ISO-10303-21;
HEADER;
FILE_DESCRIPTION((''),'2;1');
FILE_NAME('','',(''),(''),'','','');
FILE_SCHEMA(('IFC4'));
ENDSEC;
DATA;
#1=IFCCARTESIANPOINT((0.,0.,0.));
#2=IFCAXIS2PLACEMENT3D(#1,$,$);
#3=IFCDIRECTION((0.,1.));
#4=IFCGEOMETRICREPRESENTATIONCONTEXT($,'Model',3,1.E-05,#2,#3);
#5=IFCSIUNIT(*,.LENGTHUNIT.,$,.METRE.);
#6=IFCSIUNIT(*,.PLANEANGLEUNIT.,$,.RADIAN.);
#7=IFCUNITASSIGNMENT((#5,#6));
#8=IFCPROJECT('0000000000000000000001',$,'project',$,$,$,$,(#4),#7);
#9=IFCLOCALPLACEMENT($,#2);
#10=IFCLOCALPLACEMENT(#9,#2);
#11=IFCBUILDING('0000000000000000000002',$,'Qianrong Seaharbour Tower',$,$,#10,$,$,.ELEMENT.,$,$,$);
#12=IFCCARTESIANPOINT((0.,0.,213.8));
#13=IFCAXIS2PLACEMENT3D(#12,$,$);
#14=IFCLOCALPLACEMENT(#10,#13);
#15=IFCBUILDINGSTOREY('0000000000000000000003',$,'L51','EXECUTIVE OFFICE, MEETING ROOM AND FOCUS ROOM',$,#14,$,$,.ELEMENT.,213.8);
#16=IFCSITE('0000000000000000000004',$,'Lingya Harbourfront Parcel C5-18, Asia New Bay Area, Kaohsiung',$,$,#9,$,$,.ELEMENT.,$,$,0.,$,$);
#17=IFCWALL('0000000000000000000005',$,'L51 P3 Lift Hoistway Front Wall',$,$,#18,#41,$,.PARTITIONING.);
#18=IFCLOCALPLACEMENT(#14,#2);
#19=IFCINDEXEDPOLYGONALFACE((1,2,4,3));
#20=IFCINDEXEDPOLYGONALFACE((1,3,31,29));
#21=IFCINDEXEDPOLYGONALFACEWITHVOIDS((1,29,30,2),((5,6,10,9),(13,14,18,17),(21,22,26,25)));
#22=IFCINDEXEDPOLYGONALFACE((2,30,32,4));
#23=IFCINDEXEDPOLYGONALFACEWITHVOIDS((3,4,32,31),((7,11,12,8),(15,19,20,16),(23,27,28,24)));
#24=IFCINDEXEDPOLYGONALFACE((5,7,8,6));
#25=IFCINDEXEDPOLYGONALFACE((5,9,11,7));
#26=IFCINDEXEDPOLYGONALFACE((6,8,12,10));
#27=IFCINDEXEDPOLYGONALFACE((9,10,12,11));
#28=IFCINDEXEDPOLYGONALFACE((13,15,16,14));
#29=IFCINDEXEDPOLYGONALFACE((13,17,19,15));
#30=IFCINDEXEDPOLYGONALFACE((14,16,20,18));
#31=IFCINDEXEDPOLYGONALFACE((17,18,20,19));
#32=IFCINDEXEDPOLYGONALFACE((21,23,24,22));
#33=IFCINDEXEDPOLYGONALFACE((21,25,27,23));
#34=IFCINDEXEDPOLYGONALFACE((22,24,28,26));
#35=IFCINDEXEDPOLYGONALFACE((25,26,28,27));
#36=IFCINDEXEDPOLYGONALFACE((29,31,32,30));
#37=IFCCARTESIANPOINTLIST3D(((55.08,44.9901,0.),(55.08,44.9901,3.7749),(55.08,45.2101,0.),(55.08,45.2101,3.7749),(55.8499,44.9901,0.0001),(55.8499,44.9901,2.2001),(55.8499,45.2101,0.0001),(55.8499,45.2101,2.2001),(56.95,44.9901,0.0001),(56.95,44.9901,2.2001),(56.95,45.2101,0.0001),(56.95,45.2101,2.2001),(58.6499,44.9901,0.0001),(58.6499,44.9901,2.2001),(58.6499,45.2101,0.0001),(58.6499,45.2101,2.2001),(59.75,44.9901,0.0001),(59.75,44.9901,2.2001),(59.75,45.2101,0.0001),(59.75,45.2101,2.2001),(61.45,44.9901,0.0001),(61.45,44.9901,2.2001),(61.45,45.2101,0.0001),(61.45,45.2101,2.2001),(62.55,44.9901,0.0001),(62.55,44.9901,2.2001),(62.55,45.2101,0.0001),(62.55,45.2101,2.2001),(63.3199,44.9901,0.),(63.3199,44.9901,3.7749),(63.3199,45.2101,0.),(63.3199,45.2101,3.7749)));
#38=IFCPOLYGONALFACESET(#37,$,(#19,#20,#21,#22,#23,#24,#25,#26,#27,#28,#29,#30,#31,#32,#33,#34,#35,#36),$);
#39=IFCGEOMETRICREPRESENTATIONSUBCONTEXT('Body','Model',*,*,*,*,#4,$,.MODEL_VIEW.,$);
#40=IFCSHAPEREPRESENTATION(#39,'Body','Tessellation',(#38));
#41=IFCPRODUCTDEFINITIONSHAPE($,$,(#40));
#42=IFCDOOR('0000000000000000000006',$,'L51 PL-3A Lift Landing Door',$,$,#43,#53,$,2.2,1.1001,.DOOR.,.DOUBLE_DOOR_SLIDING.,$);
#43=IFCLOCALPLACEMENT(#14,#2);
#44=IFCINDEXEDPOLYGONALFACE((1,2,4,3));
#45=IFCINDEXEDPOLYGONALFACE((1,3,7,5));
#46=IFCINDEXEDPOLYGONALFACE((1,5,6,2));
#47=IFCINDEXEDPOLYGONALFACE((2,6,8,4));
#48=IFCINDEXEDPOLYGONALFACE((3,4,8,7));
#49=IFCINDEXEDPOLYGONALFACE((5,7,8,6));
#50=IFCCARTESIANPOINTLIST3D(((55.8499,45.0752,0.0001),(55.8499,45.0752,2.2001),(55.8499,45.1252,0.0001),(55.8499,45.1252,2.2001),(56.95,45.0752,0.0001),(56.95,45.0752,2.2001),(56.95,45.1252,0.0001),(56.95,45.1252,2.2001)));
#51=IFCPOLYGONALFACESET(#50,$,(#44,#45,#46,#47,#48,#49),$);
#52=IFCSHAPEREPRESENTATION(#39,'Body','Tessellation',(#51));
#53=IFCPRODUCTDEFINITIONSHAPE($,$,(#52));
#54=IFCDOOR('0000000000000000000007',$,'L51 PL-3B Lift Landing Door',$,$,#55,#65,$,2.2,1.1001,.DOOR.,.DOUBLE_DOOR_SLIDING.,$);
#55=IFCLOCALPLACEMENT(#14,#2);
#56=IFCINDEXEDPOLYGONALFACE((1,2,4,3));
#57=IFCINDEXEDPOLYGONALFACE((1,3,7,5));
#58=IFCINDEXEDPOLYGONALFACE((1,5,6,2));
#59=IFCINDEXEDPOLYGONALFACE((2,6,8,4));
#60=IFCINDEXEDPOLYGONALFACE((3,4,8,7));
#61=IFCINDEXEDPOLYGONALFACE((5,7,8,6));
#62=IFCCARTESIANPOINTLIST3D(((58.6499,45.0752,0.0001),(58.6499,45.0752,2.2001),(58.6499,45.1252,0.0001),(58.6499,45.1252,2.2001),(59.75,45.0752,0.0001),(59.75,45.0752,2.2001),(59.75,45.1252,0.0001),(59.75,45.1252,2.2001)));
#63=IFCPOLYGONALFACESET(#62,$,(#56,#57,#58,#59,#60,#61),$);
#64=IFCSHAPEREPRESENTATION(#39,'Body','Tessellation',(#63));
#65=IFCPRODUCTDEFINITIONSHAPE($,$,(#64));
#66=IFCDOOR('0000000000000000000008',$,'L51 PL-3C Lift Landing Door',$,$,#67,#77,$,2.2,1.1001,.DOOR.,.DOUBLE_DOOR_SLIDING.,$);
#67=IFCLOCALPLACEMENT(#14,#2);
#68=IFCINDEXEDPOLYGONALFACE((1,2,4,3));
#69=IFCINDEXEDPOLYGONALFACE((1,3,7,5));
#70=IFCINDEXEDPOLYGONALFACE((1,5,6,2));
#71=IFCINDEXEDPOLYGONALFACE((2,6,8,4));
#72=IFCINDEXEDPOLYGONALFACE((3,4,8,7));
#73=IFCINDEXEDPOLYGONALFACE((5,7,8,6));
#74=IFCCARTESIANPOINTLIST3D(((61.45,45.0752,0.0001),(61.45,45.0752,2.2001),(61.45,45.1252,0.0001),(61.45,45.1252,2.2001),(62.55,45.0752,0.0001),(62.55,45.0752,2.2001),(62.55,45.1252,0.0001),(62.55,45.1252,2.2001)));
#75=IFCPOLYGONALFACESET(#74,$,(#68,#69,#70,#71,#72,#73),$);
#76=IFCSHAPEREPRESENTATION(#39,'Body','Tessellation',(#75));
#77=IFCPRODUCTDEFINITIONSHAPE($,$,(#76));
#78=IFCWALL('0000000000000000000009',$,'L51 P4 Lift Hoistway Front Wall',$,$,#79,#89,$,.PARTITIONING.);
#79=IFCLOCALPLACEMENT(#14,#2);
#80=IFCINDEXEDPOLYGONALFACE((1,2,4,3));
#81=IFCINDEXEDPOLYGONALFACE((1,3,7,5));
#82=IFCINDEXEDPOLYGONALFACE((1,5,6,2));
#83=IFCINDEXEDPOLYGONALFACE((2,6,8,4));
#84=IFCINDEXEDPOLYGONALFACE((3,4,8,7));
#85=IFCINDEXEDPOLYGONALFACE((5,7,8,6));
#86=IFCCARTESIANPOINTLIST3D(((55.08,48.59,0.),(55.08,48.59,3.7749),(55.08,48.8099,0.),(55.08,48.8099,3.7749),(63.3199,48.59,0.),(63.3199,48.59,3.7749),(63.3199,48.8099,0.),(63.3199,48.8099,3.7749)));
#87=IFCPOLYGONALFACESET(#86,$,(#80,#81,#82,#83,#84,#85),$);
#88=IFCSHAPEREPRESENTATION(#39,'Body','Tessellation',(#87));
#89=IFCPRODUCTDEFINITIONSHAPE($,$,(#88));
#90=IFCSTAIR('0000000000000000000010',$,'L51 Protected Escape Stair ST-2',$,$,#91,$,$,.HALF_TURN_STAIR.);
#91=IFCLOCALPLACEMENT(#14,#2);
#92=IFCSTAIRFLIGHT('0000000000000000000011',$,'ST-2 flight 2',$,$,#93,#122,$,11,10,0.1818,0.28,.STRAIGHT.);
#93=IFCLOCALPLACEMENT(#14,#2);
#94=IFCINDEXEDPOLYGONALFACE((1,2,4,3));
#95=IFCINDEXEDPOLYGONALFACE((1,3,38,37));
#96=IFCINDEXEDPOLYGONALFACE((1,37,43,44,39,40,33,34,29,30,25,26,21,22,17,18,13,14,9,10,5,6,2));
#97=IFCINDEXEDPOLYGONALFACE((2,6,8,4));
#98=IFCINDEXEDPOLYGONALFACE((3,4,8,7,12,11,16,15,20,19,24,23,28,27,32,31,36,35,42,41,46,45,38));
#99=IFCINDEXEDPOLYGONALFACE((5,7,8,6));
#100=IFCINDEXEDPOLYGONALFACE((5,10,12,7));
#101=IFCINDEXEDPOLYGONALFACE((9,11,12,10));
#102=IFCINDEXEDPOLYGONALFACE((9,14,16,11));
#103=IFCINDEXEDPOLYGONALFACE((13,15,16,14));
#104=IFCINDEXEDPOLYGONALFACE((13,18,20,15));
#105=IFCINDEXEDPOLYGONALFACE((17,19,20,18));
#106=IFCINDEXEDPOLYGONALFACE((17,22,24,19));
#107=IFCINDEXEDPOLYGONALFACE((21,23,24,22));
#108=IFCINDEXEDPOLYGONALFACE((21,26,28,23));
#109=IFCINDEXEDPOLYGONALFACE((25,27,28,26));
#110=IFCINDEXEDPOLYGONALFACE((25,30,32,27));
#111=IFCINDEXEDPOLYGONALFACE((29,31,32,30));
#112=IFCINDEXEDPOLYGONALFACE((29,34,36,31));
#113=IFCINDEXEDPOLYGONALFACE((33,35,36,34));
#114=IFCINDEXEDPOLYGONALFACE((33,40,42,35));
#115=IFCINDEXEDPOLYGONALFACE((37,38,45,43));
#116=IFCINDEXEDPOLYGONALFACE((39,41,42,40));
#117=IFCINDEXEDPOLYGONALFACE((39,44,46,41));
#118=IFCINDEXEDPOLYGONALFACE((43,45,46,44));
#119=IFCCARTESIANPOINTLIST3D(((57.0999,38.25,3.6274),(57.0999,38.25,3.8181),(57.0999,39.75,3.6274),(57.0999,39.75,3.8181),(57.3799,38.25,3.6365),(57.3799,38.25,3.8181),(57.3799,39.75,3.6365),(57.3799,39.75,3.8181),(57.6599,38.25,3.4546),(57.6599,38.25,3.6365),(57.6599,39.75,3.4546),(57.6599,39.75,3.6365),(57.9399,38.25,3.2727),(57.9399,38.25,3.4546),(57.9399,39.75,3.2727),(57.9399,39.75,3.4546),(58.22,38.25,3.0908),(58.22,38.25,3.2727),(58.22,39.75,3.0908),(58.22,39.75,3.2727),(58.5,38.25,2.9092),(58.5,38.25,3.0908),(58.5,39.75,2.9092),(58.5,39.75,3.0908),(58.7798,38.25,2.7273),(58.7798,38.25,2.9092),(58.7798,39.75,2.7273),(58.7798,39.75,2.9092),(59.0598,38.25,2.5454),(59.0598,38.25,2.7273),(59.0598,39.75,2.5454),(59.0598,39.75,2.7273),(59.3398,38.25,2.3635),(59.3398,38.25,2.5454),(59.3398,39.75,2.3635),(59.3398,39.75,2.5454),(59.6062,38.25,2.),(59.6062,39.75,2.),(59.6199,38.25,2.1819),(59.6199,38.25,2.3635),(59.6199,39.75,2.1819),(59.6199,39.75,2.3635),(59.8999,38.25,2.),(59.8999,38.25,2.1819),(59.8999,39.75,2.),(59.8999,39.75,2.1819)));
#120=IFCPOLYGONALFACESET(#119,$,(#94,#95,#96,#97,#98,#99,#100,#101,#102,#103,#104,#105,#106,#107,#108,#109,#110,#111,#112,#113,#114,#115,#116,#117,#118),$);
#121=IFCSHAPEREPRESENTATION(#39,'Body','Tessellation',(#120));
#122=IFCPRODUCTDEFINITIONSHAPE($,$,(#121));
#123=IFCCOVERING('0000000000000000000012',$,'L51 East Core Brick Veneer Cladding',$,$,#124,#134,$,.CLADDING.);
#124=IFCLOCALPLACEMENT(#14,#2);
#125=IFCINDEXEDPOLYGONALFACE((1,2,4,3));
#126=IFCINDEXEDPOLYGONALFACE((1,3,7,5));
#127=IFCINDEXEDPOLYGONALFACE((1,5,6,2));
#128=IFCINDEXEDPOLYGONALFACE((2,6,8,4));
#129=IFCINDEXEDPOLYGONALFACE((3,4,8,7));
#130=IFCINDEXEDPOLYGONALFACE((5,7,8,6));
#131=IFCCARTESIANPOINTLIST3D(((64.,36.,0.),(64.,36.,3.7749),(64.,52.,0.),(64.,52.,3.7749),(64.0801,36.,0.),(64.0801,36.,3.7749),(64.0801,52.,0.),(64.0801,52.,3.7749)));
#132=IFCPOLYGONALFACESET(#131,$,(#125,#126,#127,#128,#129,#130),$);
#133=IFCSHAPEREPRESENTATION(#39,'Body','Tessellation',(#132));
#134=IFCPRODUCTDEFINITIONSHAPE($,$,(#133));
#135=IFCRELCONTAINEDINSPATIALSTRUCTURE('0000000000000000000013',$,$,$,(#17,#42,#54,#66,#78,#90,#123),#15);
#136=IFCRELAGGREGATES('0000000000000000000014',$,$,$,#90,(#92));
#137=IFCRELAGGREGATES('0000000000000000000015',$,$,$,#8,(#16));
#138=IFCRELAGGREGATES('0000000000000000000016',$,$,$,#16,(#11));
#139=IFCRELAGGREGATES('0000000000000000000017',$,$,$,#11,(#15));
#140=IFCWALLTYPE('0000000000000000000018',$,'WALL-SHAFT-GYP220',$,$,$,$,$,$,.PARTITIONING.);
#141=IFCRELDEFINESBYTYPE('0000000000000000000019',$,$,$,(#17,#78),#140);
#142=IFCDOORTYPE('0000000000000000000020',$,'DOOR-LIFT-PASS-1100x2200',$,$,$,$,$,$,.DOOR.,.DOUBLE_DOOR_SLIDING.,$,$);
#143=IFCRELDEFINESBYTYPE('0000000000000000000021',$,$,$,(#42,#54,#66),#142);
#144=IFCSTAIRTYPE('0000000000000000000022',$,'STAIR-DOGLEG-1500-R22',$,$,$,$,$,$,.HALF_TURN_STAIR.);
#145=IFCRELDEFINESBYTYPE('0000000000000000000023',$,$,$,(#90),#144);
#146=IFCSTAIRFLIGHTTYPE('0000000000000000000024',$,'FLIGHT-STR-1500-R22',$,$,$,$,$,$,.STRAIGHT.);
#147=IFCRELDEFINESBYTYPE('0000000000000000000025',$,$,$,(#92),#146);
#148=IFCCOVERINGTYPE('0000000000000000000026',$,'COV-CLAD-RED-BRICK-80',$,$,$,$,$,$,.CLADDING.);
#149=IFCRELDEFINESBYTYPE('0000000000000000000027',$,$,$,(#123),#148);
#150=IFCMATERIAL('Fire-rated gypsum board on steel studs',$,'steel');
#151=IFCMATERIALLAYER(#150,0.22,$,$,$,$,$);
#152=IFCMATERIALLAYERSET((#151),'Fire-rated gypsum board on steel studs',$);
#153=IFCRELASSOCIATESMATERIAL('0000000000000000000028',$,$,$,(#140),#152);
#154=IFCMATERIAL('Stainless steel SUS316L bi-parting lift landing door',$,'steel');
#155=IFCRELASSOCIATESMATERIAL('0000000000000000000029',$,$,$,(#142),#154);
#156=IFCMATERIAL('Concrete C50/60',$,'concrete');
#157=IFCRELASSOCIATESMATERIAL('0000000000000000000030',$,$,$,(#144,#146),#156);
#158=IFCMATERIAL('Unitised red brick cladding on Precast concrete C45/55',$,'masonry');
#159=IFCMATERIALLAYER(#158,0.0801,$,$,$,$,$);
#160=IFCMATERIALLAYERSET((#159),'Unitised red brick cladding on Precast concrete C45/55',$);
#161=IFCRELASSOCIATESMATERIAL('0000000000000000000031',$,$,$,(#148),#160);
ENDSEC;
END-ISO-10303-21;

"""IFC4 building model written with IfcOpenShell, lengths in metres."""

from ifc_helpers import new_model, si_unit, direction, frame, frame_2d, origin, origin_2d, place, context, subcontext, project, spatial, polyline, rectangle, outline, extrude, material, layer, layer_set, type_object, element, fill, aggregate, save


model = new_model("IFC4")

# Units and contexts
model_context = context("Model", 3, precision=1e-05, world=origin(), true_north=direction((0.0, 1.0)))
body_context = subcontext(model_context, "Body", "Model", "MODEL_VIEW")
ifc_project = project(units=[si_unit("LENGTHUNIT", "METRE"), si_unit("PLANEANGLEUNIT", "RADIAN")], contexts=[model_context])

# Site, building, storey
site_placement = place(None, origin())
site = spatial("IfcSite", under=ifc_project, at=site_placement, Name="Lingya Harbourfront Parcel C5-18, Asia New Bay Area, Kaohsiung", CompositionType="ELEMENT", RefElevation=0.0)
building_placement = place(site_placement, origin())
building = spatial("IfcBuilding", under=site, at=building_placement, Name="Qianrong Seaharbour Tower", CompositionType="ELEMENT")
storey_placement = place(building_placement, frame((0.0, 0.0, 213.8)))
storey = spatial("IfcBuildingStorey", under=building, at=storey_placement, Name="L51", Description="EXECUTIVE OFFICE, MEETING ROOM AND FOCUS ROOM", CompositionType="ELEMENT", Elevation=213.8)

# Shared definitions
ifc_material_1 = material(Name="Fire-rated gypsum board on steel studs", Category="steel")

# Wall, openings, doors
ifc_layer_1 = layer(ifc_material_1, 0.22)
ifc_layer_set_1 = layer_set([ifc_layer_1], Name="Fire-rated gypsum board on steel studs")
wall_type_1 = type_object("IfcWallType", Name="WALL-SHAFT-GYP220", PredefinedType="PARTITIONING", material=ifc_layer_set_1)
wall_1_placement = place(storey_placement, frame((63.3201, 45.1001, 0.0), z_axis=(0.0, 0.0, 1.0), x_axis=(-1.0, 0.0, 0.0)))
wall_1 = element("IfcWall", 1, at=wall_1_placement, inside=storey, type_object=wall_type_1, Name="L51 P3 Lift Hoistway Front Wall", PredefinedType="PARTITIONING", context=body_context, shape_type="SweptSolid", body=[
    extrude(rectangle(XDim=8.24, YDim=0.22, at=frame_2d((4.1201, 0.0))), origin(), (0.0, 0.0, 1.0), 3.7749),
])
opening_1_placement = place(wall_1_placement, frame((6.3701, 0.0, 0.0)))
opening_1 = element("IfcOpeningElement", 2, at=opening_1_placement, cuts=wall_1, PredefinedType="OPENING", context=body_context, shape_type="SweptSolid", body=[
    extrude(rectangle(XDim=1.1001, YDim=2.2, at=frame_2d((0.55, 1.1001))), frame((0.0, 0.1201, 0.0), z_axis=(0.0, -1.0, 0.0), x_axis=(1.0, 0.0, 0.0)), (0.0, 0.0, 1.0), 0.24),
])
opening_2_placement = place(wall_1_placement, frame((3.5701, 0.0, 0.0)))
opening_2 = element("IfcOpeningElement", 3, at=opening_2_placement, cuts=wall_1, PredefinedType="OPENING", context=body_context, shape_type="SweptSolid", body=[
    extrude(rectangle(XDim=1.1001, YDim=2.2, at=frame_2d((0.55, 1.1001))), frame((0.0, 0.1201, 0.0), z_axis=(0.0, -1.0, 0.0), x_axis=(1.0, 0.0, 0.0)), (0.0, 0.0, 1.0), 0.24),
])
opening_3_placement = place(wall_1_placement, frame((0.77, 0.0, 0.0)))
opening_3 = element("IfcOpeningElement", 4, at=opening_3_placement, cuts=wall_1, PredefinedType="OPENING", context=body_context, shape_type="SweptSolid", body=[
    extrude(rectangle(XDim=1.1001, YDim=2.2, at=frame_2d((0.55, 1.1001))), frame((0.0, 0.1201, 0.0), z_axis=(0.0, -1.0, 0.0), x_axis=(1.0, 0.0, 0.0)), (0.0, 0.0, 1.0), 0.24),
])
ifc_material_2 = material(Name="Stainless steel SUS316L bi-parting lift landing door", Category="steel")
door_type_1 = type_object("IfcDoorType", Name="DOOR-LIFT-PASS-1100x2200", OperationType="DOUBLE_DOOR_SLIDING", PredefinedType="DOOR", material=ifc_material_2)
door_1_placement = place(opening_1_placement, origin())
door_1 = element("IfcDoor", 5, at=door_1_placement, inside=storey, type_object=door_type_1, Name="L51 PL-3A Lift Landing Door", OperationType="DOUBLE_DOOR_SLIDING", OverallHeight=2.2, OverallWidth=1.1001, PredefinedType="DOOR", context=body_context, shape_type="SweptSolid", body=[
    extrude(rectangle(XDim=1.1001, YDim=2.2, at=frame_2d((0.55, 1.1001))), frame((0.0, 0.0249, 0.0), z_axis=(0.0, -1.0, 0.0), x_axis=(1.0, 0.0, 0.0)), (0.0, 0.0, 1.0), 0.05),
])
fill(opening_1, door_1)
door_2_placement = place(opening_2_placement, origin())
door_2 = element("IfcDoor", 6, at=door_2_placement, inside=storey, type_object=door_type_1, Name="L51 PL-3B Lift Landing Door", OperationType="DOUBLE_DOOR_SLIDING", OverallHeight=2.2, OverallWidth=1.1001, PredefinedType="DOOR", context=body_context, shape_type="SweptSolid", body=[
    extrude(rectangle(XDim=1.1001, YDim=2.2, at=frame_2d((0.55, 1.1001))), frame((0.0, 0.0249, 0.0), z_axis=(0.0, -1.0, 0.0), x_axis=(1.0, 0.0, 0.0)), (0.0, 0.0, 1.0), 0.05),
])
fill(opening_2, door_2)
door_3_placement = place(opening_3_placement, origin())
door_3 = element("IfcDoor", 7, at=door_3_placement, inside=storey, type_object=door_type_1, Name="L51 PL-3C Lift Landing Door", OperationType="DOUBLE_DOOR_SLIDING", OverallHeight=2.2, OverallWidth=1.1001, PredefinedType="DOOR", context=body_context, shape_type="SweptSolid", body=[
    extrude(rectangle(XDim=1.1001, YDim=2.2, at=frame_2d((0.55, 1.1001))), frame((0.0, 0.0249, 0.0), z_axis=(0.0, -1.0, 0.0), x_axis=(1.0, 0.0, 0.0)), (0.0, 0.0, 1.0), 0.05),
])
fill(opening_3, door_3)

# Wall
wall_2_placement = place(storey_placement, frame((63.3201, 48.7, 0.0), z_axis=(0.0, 0.0, 1.0), x_axis=(-1.0, 0.0, 0.0)))
element("IfcWall", 8, at=wall_2_placement, inside=storey, type_object=wall_type_1, Name="L51 P4 Lift Hoistway Front Wall", PredefinedType="PARTITIONING", context=body_context, shape_type="SweptSolid", body=[
    extrude(rectangle(XDim=8.24, YDim=0.22, at=frame_2d((4.1201, 0.0))), origin(), (0.0, 0.0, 1.0), 3.7749),
])

# Stair, stair flight
ifc_material_3 = material(Name="Concrete C50/60", Category="concrete")
stair_type = type_object("IfcStairType", Name="STAIR-DOGLEG-1500-R22", PredefinedType="HALF_TURN_STAIR", material=ifc_material_3)
stair_placement = place(storey_placement, origin())
stair = element("IfcStair", 9, at=stair_placement, inside=storey, type_object=stair_type, Name="L51 Protected Escape Stair ST-2", PredefinedType="HALF_TURN_STAIR")
stair_flight_type = type_object("IfcStairFlightType", Name="FLIGHT-STR-1500-R22", PredefinedType="STRAIGHT", material=ifc_material_3)
stair_flight_placement = place(storey_placement, frame((59.8999, 39.0, 2.0), z_axis=(0.0, 0.0, 1.0), x_axis=(-1.0, 0.0, 0.0)))
stair_flight = element("IfcStairFlight", 10, at=stair_flight_placement, type_object=stair_flight_type, Name="ST-2 flight 2", NumberOfRisers=11, NumberOfTreads=10, PredefinedType="STRAIGHT", RiserHeight=0.1818, TreadLength=0.28, context=body_context, shape_type="SweptSolid", body=[
    extrude(outline(polyline([(0.0, 0.0), (0.0, 0.1819), (0.28, 0.1819), (0.28, 0.3635), (0.5601, 0.3635), (0.5601, 0.5454), (0.8401, 0.5454), (0.8401, 0.7273), (1.1201, 0.7273), (1.1201, 0.9092), (1.3999, 0.9092), (1.3999, 1.0908), (1.6799, 1.0908), (1.6799, 1.2727), (1.96, 1.2727), (1.96, 1.4546), (2.24, 1.4546), (2.24, 1.6365), (2.52, 1.6365), (2.52, 1.8181), (2.8, 1.8181), (2.8, 2.0), (2.8, 1.6274), (0.2937, 0.0), (0.0, 0.0)])), frame((0.0, 0.75, 0.0), z_axis=(0.0, -1.0, 0.0), x_axis=(1.0, 0.0, 0.0)), (0.0, 0.0, 1.0), 1.5),
])
aggregate(stair, [stair_flight])

# Covering
ifc_material_4 = material(Name="Unitised red brick cladding on Precast concrete C45/55", Category="masonry")
ifc_layer_2 = layer(ifc_material_4, 0.0801)
ifc_layer_set_2 = layer_set([ifc_layer_2], Name="Unitised red brick cladding on Precast concrete C45/55")
covering_type = type_object("IfcCoveringType", Name="COV-CLAD-RED-BRICK-80", PredefinedType="CLADDING", material=ifc_layer_set_2)
covering_placement = place(storey_placement, frame((64.04, 44.0, 0.0), z_axis=(0.0, 0.0, 1.0), x_axis=(1.0, 0.0, 0.0)))
element("IfcCovering", 11, at=covering_placement, inside=storey, type_object=covering_type, Name="L51 East Core Brick Veneer Cladding", PredefinedType="CLADDING", context=body_context, shape_type="SweptSolid", body=[
    extrude(rectangle(XDim=0.0801, YDim=16.0, at=origin_2d()), origin(), (0.0, 0.0, 1.0), 3.7749),
])

save(model, "model.ifc")
